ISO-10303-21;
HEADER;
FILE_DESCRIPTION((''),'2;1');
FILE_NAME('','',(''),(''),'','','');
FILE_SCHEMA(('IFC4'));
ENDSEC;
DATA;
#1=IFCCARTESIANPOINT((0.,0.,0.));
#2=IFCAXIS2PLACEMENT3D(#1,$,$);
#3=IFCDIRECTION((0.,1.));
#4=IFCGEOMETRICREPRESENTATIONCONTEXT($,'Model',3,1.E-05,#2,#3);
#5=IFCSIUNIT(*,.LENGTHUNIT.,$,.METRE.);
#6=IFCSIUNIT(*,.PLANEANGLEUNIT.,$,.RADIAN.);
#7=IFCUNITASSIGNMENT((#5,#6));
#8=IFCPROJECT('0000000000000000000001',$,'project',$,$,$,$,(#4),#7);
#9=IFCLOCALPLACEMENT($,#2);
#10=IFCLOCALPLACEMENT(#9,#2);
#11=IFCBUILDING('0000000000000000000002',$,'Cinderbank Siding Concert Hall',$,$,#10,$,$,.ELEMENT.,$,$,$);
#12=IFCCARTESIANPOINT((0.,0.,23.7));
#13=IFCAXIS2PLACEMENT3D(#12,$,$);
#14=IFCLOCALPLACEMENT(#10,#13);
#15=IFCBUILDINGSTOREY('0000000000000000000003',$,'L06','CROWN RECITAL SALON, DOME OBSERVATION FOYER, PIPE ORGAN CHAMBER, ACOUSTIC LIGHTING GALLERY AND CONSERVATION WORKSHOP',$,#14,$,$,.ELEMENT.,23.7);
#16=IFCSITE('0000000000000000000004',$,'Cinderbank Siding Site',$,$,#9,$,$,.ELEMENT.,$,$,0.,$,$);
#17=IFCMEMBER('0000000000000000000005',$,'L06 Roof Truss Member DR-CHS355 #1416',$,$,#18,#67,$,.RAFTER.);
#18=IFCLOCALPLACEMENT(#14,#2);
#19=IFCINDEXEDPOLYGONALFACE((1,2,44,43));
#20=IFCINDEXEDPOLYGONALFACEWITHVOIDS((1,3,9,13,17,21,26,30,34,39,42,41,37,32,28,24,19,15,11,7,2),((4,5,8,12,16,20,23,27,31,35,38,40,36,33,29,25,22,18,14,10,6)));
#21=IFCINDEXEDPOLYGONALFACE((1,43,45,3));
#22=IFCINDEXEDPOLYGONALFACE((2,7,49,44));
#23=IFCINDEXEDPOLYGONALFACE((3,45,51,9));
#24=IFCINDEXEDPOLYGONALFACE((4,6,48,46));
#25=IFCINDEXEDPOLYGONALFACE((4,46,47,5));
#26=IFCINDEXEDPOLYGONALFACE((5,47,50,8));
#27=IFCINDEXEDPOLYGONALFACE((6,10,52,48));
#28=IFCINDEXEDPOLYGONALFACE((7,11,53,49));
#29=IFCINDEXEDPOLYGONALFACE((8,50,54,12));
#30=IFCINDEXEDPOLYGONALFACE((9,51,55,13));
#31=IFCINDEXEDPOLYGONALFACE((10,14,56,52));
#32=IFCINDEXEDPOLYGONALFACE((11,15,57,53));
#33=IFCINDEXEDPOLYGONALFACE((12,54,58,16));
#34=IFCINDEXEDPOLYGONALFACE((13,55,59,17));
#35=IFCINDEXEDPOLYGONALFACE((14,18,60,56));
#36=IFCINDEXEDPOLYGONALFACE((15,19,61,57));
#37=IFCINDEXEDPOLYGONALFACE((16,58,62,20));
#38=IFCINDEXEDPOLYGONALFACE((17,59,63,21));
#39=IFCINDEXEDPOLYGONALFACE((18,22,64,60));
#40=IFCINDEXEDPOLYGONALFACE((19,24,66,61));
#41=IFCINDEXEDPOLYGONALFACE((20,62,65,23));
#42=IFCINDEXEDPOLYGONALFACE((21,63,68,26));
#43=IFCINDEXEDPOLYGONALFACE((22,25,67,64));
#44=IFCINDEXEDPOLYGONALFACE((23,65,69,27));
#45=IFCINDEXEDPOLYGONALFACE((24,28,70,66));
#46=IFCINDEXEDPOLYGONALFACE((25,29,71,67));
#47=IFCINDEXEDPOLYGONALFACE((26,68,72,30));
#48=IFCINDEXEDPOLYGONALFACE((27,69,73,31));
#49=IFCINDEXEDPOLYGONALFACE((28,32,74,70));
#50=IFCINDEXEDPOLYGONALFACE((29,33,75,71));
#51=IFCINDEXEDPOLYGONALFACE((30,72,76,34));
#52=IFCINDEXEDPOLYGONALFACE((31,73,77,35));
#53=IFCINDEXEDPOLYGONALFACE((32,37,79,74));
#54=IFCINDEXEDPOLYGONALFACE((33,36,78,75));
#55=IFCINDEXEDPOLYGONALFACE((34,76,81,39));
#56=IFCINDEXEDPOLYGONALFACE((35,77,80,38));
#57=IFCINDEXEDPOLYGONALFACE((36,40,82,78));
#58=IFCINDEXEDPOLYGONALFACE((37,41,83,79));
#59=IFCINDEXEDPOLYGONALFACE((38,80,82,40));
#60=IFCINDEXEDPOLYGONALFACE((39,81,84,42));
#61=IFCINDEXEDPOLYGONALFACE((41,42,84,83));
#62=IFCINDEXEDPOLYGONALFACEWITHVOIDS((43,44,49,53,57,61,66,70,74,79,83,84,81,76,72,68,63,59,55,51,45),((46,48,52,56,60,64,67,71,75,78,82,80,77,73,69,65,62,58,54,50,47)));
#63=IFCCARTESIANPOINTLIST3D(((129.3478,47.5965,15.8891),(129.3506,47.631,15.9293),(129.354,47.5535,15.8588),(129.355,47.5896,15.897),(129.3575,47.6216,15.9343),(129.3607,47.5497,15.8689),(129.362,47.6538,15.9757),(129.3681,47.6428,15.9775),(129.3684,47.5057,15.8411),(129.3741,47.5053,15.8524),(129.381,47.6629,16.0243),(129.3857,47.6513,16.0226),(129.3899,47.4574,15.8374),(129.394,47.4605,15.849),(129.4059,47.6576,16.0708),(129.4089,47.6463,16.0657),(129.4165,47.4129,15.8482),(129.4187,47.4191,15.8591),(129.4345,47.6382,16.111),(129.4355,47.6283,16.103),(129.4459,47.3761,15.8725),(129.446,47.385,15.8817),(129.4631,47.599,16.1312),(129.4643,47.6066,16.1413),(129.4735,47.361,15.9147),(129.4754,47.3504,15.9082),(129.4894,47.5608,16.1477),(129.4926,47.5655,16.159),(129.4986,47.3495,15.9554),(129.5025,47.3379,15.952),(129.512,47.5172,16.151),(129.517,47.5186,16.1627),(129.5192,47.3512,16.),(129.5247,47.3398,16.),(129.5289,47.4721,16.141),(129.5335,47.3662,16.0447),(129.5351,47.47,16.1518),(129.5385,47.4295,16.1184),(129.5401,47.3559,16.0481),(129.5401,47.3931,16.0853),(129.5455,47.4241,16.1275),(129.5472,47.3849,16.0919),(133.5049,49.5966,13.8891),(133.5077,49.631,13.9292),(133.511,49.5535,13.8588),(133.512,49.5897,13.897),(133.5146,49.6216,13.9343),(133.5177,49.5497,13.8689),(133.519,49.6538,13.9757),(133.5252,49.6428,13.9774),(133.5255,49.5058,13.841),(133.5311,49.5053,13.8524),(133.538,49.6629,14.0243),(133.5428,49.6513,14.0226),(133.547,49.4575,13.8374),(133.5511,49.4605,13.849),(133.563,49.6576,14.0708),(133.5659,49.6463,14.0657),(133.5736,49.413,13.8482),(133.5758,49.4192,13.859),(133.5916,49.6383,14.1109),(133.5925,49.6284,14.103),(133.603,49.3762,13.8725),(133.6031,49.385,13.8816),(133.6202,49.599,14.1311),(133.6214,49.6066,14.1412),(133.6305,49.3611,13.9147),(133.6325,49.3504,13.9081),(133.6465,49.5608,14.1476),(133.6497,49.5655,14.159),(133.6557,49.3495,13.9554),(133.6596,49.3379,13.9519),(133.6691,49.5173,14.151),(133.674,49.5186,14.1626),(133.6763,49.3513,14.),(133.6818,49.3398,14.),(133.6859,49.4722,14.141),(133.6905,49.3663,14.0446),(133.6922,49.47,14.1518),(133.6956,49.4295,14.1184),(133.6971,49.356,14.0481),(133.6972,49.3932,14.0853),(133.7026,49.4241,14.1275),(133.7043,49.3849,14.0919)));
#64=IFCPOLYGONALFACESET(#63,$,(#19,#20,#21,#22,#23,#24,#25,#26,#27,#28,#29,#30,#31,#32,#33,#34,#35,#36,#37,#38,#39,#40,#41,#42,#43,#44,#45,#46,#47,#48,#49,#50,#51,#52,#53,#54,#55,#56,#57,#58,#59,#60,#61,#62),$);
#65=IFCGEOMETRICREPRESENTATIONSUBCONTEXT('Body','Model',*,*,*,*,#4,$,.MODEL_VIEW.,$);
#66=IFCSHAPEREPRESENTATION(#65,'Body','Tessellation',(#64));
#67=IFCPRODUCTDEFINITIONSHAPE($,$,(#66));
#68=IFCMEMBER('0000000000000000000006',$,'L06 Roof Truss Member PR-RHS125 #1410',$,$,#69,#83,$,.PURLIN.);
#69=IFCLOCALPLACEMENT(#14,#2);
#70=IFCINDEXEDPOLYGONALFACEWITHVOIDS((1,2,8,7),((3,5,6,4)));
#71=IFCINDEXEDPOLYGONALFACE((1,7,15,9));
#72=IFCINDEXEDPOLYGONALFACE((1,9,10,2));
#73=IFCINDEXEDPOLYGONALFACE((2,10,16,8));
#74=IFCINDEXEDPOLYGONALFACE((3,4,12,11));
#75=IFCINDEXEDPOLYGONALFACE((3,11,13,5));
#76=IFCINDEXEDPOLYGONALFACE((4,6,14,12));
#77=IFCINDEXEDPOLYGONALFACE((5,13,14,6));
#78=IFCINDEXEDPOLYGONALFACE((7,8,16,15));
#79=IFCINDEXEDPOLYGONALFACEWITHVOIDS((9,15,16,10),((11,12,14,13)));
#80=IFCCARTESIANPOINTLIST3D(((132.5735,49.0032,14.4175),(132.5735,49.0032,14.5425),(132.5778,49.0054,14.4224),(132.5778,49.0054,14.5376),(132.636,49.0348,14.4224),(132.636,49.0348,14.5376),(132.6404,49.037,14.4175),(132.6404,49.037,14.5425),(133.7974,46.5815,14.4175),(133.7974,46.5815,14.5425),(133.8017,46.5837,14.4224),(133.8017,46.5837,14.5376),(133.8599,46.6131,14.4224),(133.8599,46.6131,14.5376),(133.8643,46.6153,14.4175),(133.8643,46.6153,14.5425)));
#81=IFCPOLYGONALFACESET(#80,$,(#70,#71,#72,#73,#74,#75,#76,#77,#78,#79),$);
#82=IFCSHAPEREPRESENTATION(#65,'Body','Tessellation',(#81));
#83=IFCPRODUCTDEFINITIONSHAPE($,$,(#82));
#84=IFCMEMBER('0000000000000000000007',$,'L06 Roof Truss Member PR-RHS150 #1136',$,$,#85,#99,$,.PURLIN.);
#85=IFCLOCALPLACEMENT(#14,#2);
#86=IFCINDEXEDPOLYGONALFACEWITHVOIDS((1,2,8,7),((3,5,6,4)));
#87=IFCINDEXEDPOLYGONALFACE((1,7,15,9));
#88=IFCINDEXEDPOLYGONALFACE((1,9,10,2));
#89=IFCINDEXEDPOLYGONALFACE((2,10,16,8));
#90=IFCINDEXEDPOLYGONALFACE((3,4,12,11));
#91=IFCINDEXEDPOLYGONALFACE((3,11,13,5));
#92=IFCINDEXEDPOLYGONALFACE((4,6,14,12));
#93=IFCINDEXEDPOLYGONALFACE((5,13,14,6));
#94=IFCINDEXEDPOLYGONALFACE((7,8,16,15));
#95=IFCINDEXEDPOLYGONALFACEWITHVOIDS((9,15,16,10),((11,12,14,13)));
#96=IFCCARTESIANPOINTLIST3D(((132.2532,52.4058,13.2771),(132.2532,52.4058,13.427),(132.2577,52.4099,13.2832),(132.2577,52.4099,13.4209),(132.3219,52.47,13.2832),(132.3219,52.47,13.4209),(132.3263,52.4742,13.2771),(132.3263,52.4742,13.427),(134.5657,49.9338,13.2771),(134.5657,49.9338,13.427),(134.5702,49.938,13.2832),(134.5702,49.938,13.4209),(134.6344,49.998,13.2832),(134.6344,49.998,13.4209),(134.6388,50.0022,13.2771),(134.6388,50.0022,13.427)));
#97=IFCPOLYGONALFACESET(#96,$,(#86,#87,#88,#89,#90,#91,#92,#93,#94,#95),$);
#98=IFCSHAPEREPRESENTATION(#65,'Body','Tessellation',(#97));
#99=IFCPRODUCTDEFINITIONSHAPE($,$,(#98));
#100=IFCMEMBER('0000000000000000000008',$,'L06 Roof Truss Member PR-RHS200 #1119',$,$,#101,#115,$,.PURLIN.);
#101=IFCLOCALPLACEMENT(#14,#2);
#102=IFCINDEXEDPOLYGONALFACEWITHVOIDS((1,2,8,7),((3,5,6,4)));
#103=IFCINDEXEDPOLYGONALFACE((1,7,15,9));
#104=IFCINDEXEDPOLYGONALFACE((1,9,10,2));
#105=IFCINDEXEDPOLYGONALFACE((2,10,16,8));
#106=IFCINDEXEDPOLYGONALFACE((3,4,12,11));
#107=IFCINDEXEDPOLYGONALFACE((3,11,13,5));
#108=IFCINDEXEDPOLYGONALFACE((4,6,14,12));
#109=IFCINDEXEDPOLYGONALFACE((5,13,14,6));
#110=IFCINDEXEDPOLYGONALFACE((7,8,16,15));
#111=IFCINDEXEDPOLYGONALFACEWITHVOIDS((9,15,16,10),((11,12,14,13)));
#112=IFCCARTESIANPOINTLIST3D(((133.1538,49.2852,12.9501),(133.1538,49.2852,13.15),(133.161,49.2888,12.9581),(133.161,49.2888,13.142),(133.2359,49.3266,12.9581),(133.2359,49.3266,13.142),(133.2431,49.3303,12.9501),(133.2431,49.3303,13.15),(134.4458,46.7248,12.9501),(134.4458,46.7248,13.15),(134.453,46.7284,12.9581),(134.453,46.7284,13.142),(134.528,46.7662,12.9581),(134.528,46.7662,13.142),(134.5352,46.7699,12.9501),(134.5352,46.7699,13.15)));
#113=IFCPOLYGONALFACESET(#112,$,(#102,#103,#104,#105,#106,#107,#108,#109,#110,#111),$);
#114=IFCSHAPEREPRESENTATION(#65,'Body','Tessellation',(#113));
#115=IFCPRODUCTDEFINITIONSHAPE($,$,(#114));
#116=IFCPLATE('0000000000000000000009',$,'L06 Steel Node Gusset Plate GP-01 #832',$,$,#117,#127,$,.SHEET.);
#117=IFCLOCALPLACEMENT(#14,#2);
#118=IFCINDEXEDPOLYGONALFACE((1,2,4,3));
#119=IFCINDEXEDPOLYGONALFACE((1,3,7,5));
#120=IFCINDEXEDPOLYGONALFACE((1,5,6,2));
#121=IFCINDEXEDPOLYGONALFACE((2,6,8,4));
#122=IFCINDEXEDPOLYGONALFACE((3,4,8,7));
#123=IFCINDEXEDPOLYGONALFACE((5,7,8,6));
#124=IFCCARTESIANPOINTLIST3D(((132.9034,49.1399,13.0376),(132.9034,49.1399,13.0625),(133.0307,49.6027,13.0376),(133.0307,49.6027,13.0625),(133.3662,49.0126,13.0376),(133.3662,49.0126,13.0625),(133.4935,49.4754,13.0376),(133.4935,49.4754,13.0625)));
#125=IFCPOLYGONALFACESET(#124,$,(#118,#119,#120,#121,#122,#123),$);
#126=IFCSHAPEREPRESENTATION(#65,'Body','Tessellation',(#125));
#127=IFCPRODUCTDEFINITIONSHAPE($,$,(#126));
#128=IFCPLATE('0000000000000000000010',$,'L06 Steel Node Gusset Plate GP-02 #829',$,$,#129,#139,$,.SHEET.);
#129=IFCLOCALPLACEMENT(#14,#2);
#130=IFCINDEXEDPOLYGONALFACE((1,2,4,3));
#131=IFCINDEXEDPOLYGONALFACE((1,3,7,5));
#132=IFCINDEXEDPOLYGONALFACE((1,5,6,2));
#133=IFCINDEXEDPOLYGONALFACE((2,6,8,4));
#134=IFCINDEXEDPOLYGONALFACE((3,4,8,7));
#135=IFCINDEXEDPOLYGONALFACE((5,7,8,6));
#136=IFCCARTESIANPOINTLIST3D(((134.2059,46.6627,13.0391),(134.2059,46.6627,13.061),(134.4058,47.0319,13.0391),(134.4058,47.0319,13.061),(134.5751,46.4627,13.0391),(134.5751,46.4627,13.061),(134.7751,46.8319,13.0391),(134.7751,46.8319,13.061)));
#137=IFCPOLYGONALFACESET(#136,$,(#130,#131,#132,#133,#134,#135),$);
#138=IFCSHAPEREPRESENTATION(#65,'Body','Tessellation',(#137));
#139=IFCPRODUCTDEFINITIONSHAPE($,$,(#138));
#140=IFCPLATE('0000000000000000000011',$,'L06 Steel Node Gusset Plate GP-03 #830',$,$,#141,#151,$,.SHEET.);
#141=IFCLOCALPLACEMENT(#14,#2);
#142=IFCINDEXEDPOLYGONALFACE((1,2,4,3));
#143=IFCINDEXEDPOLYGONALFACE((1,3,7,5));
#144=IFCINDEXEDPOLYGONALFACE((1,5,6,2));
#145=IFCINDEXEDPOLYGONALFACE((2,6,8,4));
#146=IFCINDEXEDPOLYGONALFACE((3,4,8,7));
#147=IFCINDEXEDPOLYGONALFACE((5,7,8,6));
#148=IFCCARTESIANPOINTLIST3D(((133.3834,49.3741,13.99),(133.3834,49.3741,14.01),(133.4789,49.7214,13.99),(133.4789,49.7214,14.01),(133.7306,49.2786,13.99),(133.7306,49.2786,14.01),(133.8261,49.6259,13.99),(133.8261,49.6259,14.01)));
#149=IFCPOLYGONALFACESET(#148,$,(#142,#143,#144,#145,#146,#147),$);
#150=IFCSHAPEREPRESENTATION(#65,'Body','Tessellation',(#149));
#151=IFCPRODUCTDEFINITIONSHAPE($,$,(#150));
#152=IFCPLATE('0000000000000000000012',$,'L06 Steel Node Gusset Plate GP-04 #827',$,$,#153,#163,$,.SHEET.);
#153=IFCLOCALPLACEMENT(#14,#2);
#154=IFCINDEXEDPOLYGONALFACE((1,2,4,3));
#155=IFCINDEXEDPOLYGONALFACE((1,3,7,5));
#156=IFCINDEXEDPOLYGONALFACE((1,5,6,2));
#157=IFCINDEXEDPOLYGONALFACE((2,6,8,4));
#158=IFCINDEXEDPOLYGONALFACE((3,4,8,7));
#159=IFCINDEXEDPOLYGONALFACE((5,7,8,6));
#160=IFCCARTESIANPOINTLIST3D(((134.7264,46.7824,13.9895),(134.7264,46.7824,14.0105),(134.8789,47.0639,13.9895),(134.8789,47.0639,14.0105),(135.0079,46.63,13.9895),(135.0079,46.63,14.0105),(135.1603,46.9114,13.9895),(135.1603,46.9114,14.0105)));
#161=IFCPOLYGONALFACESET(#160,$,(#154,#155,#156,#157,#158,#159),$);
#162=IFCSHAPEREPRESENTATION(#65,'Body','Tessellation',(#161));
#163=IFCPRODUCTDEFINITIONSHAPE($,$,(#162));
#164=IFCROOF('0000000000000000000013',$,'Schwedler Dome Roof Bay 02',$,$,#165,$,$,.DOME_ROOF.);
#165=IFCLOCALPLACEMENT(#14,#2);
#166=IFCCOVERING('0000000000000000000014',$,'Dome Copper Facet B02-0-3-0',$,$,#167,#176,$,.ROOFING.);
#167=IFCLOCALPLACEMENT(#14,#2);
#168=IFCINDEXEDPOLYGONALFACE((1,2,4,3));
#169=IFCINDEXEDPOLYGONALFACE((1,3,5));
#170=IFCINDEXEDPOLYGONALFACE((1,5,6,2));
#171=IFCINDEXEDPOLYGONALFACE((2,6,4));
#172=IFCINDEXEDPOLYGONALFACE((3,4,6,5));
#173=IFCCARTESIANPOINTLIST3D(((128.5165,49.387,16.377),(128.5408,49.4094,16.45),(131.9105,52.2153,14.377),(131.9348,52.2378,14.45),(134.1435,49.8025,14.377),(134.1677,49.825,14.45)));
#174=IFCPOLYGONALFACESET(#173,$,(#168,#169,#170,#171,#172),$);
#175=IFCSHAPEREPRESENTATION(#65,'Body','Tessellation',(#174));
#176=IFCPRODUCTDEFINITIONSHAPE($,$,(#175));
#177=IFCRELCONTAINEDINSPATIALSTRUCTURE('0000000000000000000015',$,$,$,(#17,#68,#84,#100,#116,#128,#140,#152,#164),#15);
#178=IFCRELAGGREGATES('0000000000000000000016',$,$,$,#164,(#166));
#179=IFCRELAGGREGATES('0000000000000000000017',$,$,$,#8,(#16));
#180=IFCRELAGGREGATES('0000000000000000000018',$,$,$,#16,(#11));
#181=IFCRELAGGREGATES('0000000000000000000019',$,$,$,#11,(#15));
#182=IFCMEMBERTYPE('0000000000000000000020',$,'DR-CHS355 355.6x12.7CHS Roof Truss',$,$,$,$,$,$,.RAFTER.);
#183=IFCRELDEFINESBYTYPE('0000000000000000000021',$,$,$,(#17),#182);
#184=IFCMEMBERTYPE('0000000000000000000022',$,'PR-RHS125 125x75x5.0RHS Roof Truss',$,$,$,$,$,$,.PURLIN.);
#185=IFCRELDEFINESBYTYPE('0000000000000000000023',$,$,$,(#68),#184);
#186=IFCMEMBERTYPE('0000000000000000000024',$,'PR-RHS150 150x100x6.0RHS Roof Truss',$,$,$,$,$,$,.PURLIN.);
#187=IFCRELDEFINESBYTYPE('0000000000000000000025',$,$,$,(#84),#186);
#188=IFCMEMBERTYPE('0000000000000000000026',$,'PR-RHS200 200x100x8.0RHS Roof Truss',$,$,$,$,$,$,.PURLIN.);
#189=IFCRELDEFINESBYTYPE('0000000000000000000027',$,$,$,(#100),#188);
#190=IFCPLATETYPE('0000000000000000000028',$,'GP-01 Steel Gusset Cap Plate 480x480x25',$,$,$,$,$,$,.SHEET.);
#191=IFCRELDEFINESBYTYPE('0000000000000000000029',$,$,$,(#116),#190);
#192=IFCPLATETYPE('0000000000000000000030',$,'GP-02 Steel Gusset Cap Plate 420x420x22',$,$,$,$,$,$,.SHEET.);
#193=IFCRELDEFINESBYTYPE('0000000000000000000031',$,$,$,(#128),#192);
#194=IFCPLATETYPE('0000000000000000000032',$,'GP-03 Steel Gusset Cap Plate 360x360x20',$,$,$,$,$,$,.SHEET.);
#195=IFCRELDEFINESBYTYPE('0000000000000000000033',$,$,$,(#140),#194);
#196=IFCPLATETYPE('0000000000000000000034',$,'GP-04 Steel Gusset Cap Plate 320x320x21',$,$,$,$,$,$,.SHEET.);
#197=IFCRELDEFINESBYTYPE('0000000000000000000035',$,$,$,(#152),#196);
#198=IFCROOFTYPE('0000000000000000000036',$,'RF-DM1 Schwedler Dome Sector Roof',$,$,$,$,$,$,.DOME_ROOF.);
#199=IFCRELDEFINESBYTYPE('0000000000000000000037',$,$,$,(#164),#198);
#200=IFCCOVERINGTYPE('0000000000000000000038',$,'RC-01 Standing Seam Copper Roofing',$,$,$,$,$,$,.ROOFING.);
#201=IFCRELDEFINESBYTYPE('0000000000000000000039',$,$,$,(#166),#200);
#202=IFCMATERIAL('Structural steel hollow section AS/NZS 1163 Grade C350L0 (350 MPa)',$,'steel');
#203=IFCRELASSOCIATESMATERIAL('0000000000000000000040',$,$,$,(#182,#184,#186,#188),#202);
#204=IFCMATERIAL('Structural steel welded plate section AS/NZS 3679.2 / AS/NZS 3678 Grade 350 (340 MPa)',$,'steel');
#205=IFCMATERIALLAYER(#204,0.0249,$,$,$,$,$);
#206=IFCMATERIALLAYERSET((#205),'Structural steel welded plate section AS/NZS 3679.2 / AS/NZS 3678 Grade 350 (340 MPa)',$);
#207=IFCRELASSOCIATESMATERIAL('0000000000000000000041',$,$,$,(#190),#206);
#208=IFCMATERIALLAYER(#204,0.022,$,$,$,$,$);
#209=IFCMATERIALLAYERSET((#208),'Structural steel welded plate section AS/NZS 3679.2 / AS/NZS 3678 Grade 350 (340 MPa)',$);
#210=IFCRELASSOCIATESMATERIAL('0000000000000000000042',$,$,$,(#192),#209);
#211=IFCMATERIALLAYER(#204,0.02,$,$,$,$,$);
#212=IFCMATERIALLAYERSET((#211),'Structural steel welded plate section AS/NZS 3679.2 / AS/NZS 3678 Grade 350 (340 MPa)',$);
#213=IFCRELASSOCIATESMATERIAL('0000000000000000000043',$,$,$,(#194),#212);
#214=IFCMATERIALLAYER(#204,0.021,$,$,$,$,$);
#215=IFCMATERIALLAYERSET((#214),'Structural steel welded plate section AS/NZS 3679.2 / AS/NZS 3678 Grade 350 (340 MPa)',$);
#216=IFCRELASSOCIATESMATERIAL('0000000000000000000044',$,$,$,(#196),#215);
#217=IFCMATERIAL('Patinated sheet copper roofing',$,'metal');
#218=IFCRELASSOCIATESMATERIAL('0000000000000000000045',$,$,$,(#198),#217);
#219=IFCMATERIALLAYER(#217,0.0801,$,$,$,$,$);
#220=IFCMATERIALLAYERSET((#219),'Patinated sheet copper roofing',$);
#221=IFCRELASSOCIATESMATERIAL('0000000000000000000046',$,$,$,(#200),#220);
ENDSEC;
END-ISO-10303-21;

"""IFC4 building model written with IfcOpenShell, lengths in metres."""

from ifc_helpers import new_model, si_unit, direction, frame, origin, origin_2d, place, context, subcontext, project, spatial, polyline, rectangle, hollow_rectangle, hollow_circle, outline, extrude, material, layer, layer_set, material_profile, profile_set, type_object, element, aggregate, save


model = new_model("IFC4")

# Units and contexts
model_context = context("Model", 3, precision=1e-05, world=origin(), true_north=direction((0.0, 1.0)))
body_context = subcontext(model_context, "Body", "Model", "MODEL_VIEW")
ifc_project = project(units=[si_unit("LENGTHUNIT", "METRE"), si_unit("PLANEANGLEUNIT", "RADIAN")], contexts=[model_context])

# Site, building, storey
site_placement = place(None, origin())
site = spatial("IfcSite", under=ifc_project, at=site_placement, Name="Cinderbank Siding Site", CompositionType="ELEMENT", RefElevation=0.0)
building_placement = place(site_placement, origin())
building = spatial("IfcBuilding", under=site, at=building_placement, Name="Cinderbank Siding Concert Hall", CompositionType="ELEMENT")
storey_placement = place(building_placement, frame((0.0, 0.0, 23.7)))
storey = spatial("IfcBuildingStorey", under=building, at=storey_placement, Name="L06", Description="CROWN RECITAL SALON, DOME OBSERVATION FOYER, PIPE ORGAN CHAMBER, ACOUSTIC LIGHTING GALLERY AND CONSERVATION WORKSHOP", CompositionType="ELEMENT", Elevation=23.7)

# Members
ifc_material_1 = material(Name="Structural steel hollow section AS/NZS 1163 Grade C350L0 (350 MPa)", Category="steel")
ifc_material_profile_1 = material_profile(ifc_material_1, hollow_circle(Radius=0.1777, WallThickness=0.0127, at=origin_2d()), Name="355.6x12.7CHS", Category="LoadBearing")
ifc_profile_set_1 = profile_set([ifc_material_profile_1], Name="Structural steel hollow section AS/NZS 1163 Grade C350L0 (350 MPa)")
member_type_1 = type_object("IfcMemberType", Name="DR-CHS355 355.6x12.7CHS Roof Truss", PredefinedType="RAFTER", material=ifc_profile_set_1)
member_1_placement = place(storey_placement, frame((133.6047, 49.5, 14.0), z_axis=(-0.826771, -0.397775, 0.397775), x_axis=(0.43355, -0.90113, 0.0)))
element("IfcMember", 1, at=member_1_placement, inside=storey, type_object=member_type_1, Name="L06 Roof Truss Member DR-CHS355 #1416", PredefinedType="RAFTER", context=body_context, shape_type="SweptSolid", body=[
    extrude(hollow_circle(Radius=0.1777, WallThickness=0.0127, at=origin_2d()), origin(), (0.0, 0.0, 1.0), 5.0281),
])
ifc_material_profile_2 = material_profile(ifc_material_1, hollow_rectangle(XDim=0.075, YDim=0.125, WallThickness=0.0049, at=origin_2d()), Name="125x75x5.0RHS", Category="LoadBearing")
ifc_profile_set_2 = profile_set([ifc_material_profile_2], Name="Structural steel hollow section AS/NZS 1163 Grade C350L0 (350 MPa)")
member_type_2 = type_object("IfcMemberType", Name="PR-RHS125 125x75x5.0RHS Roof Truss", PredefinedType="PURLIN", material=ifc_profile_set_2)
member_2_placement = place(storey_placement, frame((133.8308, 46.5984, 14.48), z_axis=(-0.451061, 0.892493, 0.0), x_axis=(-0.892493, -0.451061, 0.0)))
element("IfcMember", 2, at=member_2_placement, inside=storey, type_object=member_type_2, Name="L06 Roof Truss Member PR-RHS125 #1410", PredefinedType="PURLIN", context=body_context, shape_type="SweptSolid", body=[
    extrude(hollow_rectangle(XDim=0.075, YDim=0.125, WallThickness=0.0049, at=origin_2d()), origin(), (0.0, 0.0, 1.0), 2.7134),
])
ifc_material_profile_3 = material_profile(ifc_material_1, hollow_rectangle(XDim=0.1001, YDim=0.1499, WallThickness=0.0061, at=origin_2d()), Name="150x100x6.0RHS", Category="LoadBearing")
ifc_profile_set_3 = profile_set([ifc_material_profile_3], Name="Structural steel hollow section AS/NZS 1163 Grade C350L0 (350 MPa)")
member_type_3 = type_object("IfcMemberType", Name="PR-RHS150 150x100x6.0RHS Roof Truss", PredefinedType="PURLIN", material=ifc_profile_set_3)
member_3_placement = place(storey_placement, frame((134.6023, 49.968, 13.3521), z_axis=(-0.683166, 0.730263, 0.0), x_axis=(-0.730263, -0.683166, 0.0)))
element("IfcMember", 3, at=member_3_placement, inside=storey, type_object=member_type_3, Name="L06 Roof Truss Member PR-RHS150 #1136", PredefinedType="PURLIN", context=body_context, shape_type="SweptSolid", body=[
    extrude(hollow_rectangle(XDim=0.1001, YDim=0.1499, WallThickness=0.0061, at=origin_2d()), origin(), (0.0, 0.0, 1.0), 3.385),
])
ifc_material_profile_4 = material_profile(ifc_material_1, hollow_rectangle(XDim=0.1001, YDim=0.2, WallThickness=0.0081, at=origin_2d()), Name="200x100x8.0RHS", Category="LoadBearing")
ifc_profile_set_4 = profile_set([ifc_material_profile_4], Name="Structural steel hollow section AS/NZS 1163 Grade C350L0 (350 MPa)")
member_type_4 = type_object("IfcMemberType", Name="PR-RHS200 200x100x8.0RHS Roof Truss", PredefinedType="PURLIN", material=ifc_profile_set_4)
member_4_placement = place(storey_placement, frame((134.4905, 46.7473, 13.05), z_axis=(-0.450514, 0.89277, 0.0), x_axis=(-0.89277, -0.450514, 0.0)))
element("IfcMember", 4, at=member_4_placement, inside=storey, type_object=member_type_4, Name="L06 Roof Truss Member PR-RHS200 #1119", PredefinedType="PURLIN", context=body_context, shape_type="SweptSolid", body=[
    extrude(hollow_rectangle(XDim=0.1001, YDim=0.2, WallThickness=0.0081, at=origin_2d()), origin(), (0.0, 0.0, 1.0), 2.8679),
])

# Plates
ifc_material_2 = material(Name="Structural steel welded plate section AS/NZS 3679.2 / AS/NZS 3678 Grade 350 (340 MPa)", Category="steel")
ifc_layer_1 = layer(ifc_material_2, 0.0249)
ifc_layer_set_1 = layer_set([ifc_layer_1], Name="Structural steel welded plate section AS/NZS 3679.2 / AS/NZS 3678 Grade 350 (340 MPa)")
plate_type_1 = type_object("IfcPlateType", Name="GP-01 Steel Gusset Cap Plate 480x480x25", PredefinedType="SHEET", material=ifc_layer_set_1)
plate_1_placement = place(storey_placement, frame((133.1985, 49.3076, 13.0376), z_axis=(0.0, 0.0, 1.0), x_axis=(-0.964188, 0.26522, 0.0)))
element("IfcPlate", 5, at=plate_1_placement, inside=storey, type_object=plate_type_1, Name="L06 Steel Node Gusset Plate GP-01 #832", PredefinedType="SHEET", context=body_context, shape_type="SweptSolid", body=[
    extrude(rectangle(XDim=0.48, YDim=0.48, at=origin_2d()), origin(), (0.0, 0.0, 1.0), 0.0249),
])
ifc_layer_2 = layer(ifc_material_2, 0.022)
ifc_layer_set_2 = layer_set([ifc_layer_2], Name="Structural steel welded plate section AS/NZS 3679.2 / AS/NZS 3678 Grade 350 (340 MPa)")
plate_type_2 = type_object("IfcPlateType", Name="GP-02 Steel Gusset Cap Plate 420x420x22", PredefinedType="SHEET", material=ifc_layer_set_2)
plate_2_placement = place(storey_placement, frame((134.4905, 46.7473, 13.0391), z_axis=(0.0, 0.0, 1.0), x_axis=(-0.879316, 0.476238, 0.0)))
element("IfcPlate", 6, at=plate_2_placement, inside=storey, type_object=plate_type_2, Name="L06 Steel Node Gusset Plate GP-02 #829", PredefinedType="SHEET", context=body_context, shape_type="SweptSolid", body=[
    extrude(rectangle(XDim=0.4199, YDim=0.4199, at=origin_2d()), origin(), (0.0, 0.0, 1.0), 0.022),
])
ifc_layer_3 = layer(ifc_material_2, 0.02)
ifc_layer_set_3 = layer_set([ifc_layer_3], Name="Structural steel welded plate section AS/NZS 3679.2 / AS/NZS 3678 Grade 350 (340 MPa)")
plate_type_3 = type_object("IfcPlateType", Name="GP-03 Steel Gusset Cap Plate 360x360x20", PredefinedType="SHEET", material=ifc_layer_set_3)
plate_3_placement = place(storey_placement, frame((133.6047, 49.5, 13.99), z_axis=(0.0, 0.0, 1.0), x_axis=(-0.964188, 0.26522, 0.0)))
element("IfcPlate", 7, at=plate_3_placement, inside=storey, type_object=plate_type_3, Name="L06 Steel Node Gusset Plate GP-03 #830", PredefinedType="SHEET", context=body_context, shape_type="SweptSolid", body=[
    extrude(rectangle(XDim=0.3601, YDim=0.3601, at=origin_2d()), origin(), (0.0, 0.0, 1.0), 0.02),
])
ifc_layer_4 = layer(ifc_material_2, 0.021)
ifc_layer_set_4 = layer_set([ifc_layer_4], Name="Structural steel welded plate section AS/NZS 3679.2 / AS/NZS 3678 Grade 350 (340 MPa)")
plate_type_4 = type_object("IfcPlateType", Name="GP-04 Steel Gusset Cap Plate 320x320x21", PredefinedType="SHEET", material=ifc_layer_set_4)
plate_4_placement = place(storey_placement, frame((134.9434, 46.8469, 13.9895), z_axis=(0.0, 0.0, 1.0), x_axis=(-0.879316, 0.476238, 0.0)))
element("IfcPlate", 8, at=plate_4_placement, inside=storey, type_object=plate_type_4, Name="L06 Steel Node Gusset Plate GP-04 #827", PredefinedType="SHEET", context=body_context, shape_type="SweptSolid", body=[
    extrude(rectangle(XDim=0.3201, YDim=0.3201, at=origin_2d()), origin(), (0.0, 0.0, 1.0), 0.021),
])

# Roof, covering
ifc_material_3 = material(Name="Patinated sheet copper roofing", Category="metal")
roof_type = type_object("IfcRoofType", Name="RF-DM1 Schwedler Dome Sector Roof", PredefinedType="DOME_ROOF", material=ifc_material_3)
roof_placement = place(storey_placement, origin())
roof = element("IfcRoof", 9, at=roof_placement, inside=storey, type_object=roof_type, Name="Schwedler Dome Roof Bay 02", PredefinedType="DOME_ROOF")
ifc_layer_5 = layer(ifc_material_3, 0.0801)
ifc_layer_set_5 = layer_set([ifc_layer_5], Name="Patinated sheet copper roofing")
covering_type = type_object("IfcCoveringType", Name="RC-01 Standing Seam Copper Roofing", PredefinedType="ROOFING", material=ifc_layer_set_5)
covering_1_placement = place(storey_placement, frame((134.1677, 49.825, 14.45), z_axis=(0.303017, 0.280421, 0.910793), x_axis=(-0.679211, 0.733943, 0.0)))
covering_1 = element("IfcCovering", 10, at=covering_1_placement, type_object=covering_type, Name="Dome Copper Facet B02-0-3-0", PredefinedType="ROOFING", context=body_context, shape_type="SweptSolid", body=[
    extrude(outline(polyline([(0.0, 0.0), (3.2875, 0.0), (3.5169, 4.8442), (0.0, 0.0)])), origin(), (0.0, 0.0, -1.0), 0.0801),
])
aggregate(roof, [covering_1])

save(model, "model.ifc")
